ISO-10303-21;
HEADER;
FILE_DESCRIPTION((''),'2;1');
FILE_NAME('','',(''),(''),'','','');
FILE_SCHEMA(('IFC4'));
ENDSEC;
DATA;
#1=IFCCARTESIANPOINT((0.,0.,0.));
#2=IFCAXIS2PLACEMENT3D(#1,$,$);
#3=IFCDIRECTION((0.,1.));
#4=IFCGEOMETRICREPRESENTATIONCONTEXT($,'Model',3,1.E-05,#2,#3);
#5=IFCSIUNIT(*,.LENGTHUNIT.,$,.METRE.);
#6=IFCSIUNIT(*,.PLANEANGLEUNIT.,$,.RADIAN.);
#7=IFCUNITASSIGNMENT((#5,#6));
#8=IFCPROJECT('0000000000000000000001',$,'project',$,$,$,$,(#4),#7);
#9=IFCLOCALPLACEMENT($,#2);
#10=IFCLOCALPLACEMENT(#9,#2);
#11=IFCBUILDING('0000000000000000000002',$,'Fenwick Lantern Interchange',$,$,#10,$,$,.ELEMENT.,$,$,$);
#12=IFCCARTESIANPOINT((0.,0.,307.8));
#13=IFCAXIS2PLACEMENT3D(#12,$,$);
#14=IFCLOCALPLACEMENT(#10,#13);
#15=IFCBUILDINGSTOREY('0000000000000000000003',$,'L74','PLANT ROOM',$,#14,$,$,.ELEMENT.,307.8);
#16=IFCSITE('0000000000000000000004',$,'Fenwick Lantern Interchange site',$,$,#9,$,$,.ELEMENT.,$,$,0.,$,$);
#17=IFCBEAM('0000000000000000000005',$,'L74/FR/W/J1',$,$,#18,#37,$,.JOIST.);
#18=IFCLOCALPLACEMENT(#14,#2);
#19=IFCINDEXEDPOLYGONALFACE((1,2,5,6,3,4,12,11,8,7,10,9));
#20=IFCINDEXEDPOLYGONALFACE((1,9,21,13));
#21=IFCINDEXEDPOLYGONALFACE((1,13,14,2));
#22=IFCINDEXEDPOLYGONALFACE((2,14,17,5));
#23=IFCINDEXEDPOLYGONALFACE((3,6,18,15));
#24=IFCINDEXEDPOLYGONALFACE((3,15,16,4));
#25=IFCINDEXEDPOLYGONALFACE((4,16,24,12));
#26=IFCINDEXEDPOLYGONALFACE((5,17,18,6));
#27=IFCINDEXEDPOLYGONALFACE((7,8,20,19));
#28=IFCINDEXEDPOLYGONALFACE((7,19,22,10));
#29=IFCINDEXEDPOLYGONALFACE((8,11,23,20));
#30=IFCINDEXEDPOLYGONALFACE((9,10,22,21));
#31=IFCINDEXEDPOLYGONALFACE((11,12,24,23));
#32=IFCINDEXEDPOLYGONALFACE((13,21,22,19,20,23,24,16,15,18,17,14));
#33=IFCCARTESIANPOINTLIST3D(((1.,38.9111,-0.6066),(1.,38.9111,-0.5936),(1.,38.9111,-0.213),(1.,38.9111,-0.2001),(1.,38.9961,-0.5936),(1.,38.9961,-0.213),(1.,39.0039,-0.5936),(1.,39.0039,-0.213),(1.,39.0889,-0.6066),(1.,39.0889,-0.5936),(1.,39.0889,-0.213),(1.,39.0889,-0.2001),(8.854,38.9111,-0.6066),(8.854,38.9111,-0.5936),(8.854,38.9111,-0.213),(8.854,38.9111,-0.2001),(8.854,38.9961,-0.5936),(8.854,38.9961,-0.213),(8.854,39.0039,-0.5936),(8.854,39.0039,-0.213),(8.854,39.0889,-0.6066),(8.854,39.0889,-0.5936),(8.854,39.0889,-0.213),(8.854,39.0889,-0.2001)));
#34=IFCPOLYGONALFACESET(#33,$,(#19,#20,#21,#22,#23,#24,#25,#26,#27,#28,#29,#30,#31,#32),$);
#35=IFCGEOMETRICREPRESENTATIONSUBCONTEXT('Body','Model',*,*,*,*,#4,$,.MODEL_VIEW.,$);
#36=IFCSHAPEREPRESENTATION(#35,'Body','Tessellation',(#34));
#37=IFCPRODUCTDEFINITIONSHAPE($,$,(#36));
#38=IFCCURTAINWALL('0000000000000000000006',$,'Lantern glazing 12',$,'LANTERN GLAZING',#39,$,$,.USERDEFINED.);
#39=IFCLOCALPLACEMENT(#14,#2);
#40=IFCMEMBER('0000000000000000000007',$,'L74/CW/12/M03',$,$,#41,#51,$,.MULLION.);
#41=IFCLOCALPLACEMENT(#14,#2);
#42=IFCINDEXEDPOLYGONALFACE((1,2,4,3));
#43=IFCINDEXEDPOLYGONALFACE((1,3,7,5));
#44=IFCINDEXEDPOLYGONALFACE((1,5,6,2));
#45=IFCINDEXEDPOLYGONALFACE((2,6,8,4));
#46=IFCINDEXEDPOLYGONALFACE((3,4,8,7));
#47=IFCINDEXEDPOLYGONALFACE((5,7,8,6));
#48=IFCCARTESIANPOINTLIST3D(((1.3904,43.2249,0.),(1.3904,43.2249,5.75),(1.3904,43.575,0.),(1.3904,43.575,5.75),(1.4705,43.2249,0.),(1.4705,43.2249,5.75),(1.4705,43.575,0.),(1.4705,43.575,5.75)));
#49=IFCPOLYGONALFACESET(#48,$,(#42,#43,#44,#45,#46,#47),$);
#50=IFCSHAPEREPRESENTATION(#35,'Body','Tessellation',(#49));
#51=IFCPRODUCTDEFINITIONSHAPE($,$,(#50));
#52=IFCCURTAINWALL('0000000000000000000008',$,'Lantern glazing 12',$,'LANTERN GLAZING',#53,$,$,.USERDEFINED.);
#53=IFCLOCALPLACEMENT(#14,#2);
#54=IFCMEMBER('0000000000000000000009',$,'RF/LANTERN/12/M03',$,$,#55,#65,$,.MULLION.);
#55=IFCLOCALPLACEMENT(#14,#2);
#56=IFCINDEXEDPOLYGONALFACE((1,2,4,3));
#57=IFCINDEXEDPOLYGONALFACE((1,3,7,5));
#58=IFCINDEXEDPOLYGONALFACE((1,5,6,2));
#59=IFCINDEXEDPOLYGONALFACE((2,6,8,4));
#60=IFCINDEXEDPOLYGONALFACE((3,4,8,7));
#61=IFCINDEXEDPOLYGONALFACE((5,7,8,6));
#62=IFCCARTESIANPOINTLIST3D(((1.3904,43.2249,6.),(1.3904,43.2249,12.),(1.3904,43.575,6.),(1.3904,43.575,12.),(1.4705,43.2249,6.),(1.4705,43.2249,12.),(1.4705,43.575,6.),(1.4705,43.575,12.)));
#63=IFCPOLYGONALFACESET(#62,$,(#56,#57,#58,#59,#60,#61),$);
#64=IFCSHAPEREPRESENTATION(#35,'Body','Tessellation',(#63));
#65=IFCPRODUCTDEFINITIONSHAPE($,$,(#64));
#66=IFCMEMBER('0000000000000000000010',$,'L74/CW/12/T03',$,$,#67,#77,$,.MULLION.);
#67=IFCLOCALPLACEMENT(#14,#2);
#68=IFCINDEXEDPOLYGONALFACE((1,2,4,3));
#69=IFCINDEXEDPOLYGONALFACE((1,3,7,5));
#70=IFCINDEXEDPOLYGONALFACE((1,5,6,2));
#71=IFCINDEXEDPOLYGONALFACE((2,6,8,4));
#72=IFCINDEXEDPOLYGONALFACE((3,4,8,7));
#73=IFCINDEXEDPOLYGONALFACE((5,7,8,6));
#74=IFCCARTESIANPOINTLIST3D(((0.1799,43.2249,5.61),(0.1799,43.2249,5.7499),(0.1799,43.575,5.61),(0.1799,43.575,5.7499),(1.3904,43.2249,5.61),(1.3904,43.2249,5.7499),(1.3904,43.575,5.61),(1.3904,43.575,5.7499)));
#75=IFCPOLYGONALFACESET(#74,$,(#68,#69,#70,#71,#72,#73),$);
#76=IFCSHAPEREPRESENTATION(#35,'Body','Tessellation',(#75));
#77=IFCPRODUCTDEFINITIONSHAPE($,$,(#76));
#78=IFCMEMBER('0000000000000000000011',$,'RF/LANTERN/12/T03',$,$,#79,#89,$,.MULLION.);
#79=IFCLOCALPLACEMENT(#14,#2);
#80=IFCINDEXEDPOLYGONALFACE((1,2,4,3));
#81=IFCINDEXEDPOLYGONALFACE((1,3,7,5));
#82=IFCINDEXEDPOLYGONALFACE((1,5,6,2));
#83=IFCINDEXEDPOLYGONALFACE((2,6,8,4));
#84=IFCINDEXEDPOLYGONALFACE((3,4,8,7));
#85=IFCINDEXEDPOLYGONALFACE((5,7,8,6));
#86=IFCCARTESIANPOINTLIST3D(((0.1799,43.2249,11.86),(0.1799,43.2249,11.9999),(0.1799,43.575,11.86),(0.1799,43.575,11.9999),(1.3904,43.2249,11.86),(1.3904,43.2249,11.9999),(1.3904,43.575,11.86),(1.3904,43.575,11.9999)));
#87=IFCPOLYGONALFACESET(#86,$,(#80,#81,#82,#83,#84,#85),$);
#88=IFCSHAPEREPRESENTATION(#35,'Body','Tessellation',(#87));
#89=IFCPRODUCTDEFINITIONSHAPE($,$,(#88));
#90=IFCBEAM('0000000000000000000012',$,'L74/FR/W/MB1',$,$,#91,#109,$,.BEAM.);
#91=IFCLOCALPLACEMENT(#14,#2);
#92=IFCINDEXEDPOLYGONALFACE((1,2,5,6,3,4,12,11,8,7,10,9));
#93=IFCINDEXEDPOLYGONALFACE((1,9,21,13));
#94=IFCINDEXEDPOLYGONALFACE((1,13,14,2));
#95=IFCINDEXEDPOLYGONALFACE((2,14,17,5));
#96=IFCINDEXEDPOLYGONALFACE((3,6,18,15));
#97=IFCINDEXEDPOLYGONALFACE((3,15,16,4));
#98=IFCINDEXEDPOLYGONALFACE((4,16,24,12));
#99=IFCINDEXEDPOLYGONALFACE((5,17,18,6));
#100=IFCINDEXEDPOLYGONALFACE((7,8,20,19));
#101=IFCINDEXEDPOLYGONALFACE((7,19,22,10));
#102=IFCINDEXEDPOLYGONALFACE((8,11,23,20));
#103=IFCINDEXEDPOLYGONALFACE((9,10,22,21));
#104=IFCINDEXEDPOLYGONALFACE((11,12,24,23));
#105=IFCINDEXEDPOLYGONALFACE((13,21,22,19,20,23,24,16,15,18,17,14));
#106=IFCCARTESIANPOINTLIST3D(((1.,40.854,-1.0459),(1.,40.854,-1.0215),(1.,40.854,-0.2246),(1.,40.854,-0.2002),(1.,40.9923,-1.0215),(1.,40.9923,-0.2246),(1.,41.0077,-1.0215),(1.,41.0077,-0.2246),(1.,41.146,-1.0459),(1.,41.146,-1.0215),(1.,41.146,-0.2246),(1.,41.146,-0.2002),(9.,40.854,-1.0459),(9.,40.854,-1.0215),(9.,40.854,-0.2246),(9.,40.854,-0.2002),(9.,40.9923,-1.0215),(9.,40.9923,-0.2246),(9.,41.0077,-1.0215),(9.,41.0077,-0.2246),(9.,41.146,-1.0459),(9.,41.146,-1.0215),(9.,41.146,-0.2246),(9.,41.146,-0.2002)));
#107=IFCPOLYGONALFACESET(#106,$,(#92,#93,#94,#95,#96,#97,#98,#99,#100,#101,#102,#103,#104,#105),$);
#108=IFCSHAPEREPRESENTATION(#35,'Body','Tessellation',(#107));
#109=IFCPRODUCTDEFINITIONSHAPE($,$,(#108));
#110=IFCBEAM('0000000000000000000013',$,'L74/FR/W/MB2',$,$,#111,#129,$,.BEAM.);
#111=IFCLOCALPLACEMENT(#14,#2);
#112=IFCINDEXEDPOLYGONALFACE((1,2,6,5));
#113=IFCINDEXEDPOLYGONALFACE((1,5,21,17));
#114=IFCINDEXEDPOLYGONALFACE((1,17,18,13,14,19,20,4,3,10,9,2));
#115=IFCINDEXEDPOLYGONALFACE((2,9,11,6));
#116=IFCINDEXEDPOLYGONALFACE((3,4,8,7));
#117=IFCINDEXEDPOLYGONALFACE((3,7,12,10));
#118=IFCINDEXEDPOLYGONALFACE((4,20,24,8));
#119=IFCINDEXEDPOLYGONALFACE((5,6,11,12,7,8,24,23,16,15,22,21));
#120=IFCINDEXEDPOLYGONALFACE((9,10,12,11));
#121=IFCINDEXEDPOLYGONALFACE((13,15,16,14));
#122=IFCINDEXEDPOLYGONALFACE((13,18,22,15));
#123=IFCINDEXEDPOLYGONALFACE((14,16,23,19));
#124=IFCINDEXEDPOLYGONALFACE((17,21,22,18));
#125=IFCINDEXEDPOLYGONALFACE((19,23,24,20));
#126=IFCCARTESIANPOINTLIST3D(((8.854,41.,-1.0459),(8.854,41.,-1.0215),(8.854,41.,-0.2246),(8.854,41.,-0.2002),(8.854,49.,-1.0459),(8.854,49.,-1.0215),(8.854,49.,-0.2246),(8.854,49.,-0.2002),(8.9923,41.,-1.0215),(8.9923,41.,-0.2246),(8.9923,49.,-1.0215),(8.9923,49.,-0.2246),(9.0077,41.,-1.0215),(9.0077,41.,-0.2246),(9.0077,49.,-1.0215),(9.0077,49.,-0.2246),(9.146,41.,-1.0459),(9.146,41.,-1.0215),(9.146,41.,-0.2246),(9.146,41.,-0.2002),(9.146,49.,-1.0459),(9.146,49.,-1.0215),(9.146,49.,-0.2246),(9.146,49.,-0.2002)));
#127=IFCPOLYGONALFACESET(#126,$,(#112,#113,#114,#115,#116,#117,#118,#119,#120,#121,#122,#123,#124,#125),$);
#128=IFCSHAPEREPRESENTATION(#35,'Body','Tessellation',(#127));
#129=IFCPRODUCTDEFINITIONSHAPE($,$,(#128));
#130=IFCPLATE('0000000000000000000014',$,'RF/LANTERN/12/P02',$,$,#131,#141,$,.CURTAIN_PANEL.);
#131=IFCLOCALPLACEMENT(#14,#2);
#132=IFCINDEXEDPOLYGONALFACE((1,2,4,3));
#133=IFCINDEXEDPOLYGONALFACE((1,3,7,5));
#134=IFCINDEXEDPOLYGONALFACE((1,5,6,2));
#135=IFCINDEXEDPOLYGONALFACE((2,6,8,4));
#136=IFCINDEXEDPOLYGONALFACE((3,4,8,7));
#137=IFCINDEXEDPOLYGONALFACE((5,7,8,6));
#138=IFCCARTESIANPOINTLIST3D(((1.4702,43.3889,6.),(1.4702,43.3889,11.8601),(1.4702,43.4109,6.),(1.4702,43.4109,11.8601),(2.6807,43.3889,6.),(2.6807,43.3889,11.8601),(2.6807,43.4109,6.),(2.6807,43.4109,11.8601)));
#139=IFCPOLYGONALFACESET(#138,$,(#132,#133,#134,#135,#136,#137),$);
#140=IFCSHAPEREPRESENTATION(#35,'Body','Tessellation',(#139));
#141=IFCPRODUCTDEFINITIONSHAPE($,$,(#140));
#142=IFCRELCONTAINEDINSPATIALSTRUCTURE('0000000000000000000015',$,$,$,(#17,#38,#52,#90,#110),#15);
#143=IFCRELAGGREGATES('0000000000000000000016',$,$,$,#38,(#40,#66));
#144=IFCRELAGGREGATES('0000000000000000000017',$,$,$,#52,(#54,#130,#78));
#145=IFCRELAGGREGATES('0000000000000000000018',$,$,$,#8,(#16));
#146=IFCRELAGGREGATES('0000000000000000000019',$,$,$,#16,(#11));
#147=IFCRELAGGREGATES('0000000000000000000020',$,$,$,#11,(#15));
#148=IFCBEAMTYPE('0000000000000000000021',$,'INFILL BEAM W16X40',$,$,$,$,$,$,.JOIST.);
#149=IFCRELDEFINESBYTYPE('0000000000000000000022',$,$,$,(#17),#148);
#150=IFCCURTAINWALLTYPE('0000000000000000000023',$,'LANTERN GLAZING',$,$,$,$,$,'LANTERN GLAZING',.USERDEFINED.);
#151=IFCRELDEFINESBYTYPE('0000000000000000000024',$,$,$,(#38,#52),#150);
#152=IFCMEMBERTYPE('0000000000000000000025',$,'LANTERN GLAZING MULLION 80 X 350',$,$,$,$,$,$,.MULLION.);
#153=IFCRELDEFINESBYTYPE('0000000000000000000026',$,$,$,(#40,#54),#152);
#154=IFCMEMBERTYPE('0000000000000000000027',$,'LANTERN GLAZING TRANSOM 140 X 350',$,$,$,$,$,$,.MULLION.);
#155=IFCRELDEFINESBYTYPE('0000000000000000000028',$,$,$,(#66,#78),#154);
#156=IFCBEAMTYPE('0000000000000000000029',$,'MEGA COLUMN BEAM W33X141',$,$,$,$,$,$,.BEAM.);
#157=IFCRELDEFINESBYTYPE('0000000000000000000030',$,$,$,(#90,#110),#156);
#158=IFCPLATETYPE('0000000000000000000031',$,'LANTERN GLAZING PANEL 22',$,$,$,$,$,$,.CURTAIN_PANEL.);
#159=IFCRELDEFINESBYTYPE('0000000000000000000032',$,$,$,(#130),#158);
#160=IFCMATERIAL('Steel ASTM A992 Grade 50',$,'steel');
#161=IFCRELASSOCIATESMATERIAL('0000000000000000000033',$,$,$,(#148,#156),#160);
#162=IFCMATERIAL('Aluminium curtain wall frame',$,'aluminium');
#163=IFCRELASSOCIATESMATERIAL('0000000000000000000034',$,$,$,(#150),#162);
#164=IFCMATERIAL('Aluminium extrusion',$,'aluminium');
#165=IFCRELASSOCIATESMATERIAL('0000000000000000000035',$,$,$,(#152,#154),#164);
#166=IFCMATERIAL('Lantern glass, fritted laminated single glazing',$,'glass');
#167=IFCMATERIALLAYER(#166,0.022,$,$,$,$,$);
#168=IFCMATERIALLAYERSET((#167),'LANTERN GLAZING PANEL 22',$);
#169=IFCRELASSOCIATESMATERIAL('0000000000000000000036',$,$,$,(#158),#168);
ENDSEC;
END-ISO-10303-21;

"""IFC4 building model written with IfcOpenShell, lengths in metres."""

from ifc_helpers import new_model, si_unit, direction, frame, origin, origin_2d, place, context, subcontext, project, spatial, rectangle, i_section, extrude, material, layer, layer_set, material_profile, profile_set, type_object, element, aggregate, save


model = new_model("IFC4")

# Units and contexts
model_context = context("Model", 3, precision=1e-05, world=origin(), true_north=direction((0.0, 1.0)))
body_context = subcontext(model_context, "Body", "Model", "MODEL_VIEW")
ifc_project = project(units=[si_unit("LENGTHUNIT", "METRE"), si_unit("PLANEANGLEUNIT", "RADIAN")], contexts=[model_context])

# Site, building, storey
site_placement = place(None, origin())
site = spatial("IfcSite", under=ifc_project, at=site_placement, Name="Fenwick Lantern Interchange site", CompositionType="ELEMENT", RefElevation=0.0)
building_placement = place(site_placement, origin())
building = spatial("IfcBuilding", under=site, at=building_placement, Name="Fenwick Lantern Interchange", CompositionType="ELEMENT")
storey_placement = place(building_placement, frame((0.0, 0.0, 307.8)))
storey = spatial("IfcBuildingStorey", under=building, at=storey_placement, Name="L74", Description="PLANT ROOM", CompositionType="ELEMENT", Elevation=307.8)

# Shared definitions
ifc_material_1 = material(Name="Steel ASTM A992 Grade 50", Category="steel")

# Beam
ifc_material_profile_1 = material_profile(ifc_material_1, i_section(OverallWidth=0.1777, OverallDepth=0.4065, WebThickness=0.0078, FlangeThickness=0.0129, at=origin_2d()), Name="W16X40")
ifc_profile_set_1 = profile_set([ifc_material_profile_1], Name="Steel ASTM A992 Grade 50")
beam_type_1 = type_object("IfcBeamType", Name="INFILL BEAM W16X40", PredefinedType="JOIST", material=ifc_profile_set_1)
beam_1_placement = place(storey_placement, frame((1.0, 39.0, -0.4033), z_axis=(1.0, 0.0, 0.0), x_axis=(0.0, 1.0, 0.0)))
element("IfcBeam", 1, at=beam_1_placement, inside=storey, type_object=beam_type_1, Name="L74/FR/W/J1", PredefinedType="JOIST", context=body_context, shape_type="SweptSolid", body=[
    extrude(i_section(OverallWidth=0.1777, OverallDepth=0.4065, WebThickness=0.0078, FlangeThickness=0.0129, at=origin_2d()), origin(), (0.0, 0.0, 1.0), 7.854),
])

# Curtain walls, members
ifc_material_2 = material(Name="Aluminium curtain wall frame", Category="aluminium")
curtain_wall_type = type_object("IfcCurtainWallType", Name="LANTERN GLAZING", ElementType="LANTERN GLAZING", PredefinedType="USERDEFINED", material=ifc_material_2)
curtain_wall_1_placement = place(storey_placement, origin())
curtain_wall_1 = element("IfcCurtainWall", 2, at=curtain_wall_1_placement, inside=storey, type_object=curtain_wall_type, Name="Lantern glazing 12", ObjectType="LANTERN GLAZING", PredefinedType="USERDEFINED")
ifc_material_3 = material(Name="Aluminium extrusion", Category="aluminium")
ifc_material_profile_2 = material_profile(ifc_material_3, rectangle(XDim=0.3501, YDim=0.0801, at=origin_2d()), Name="LANTERN GLAZING MULLION 80 X 350")
ifc_profile_set_2 = profile_set([ifc_material_profile_2], Name="Aluminium extrusion")
member_type_1 = type_object("IfcMemberType", Name="LANTERN GLAZING MULLION 80 X 350", PredefinedType="MULLION", material=ifc_profile_set_2)
member_1_placement = place(storey_placement, frame((1.4304, 43.3999, 0.0), z_axis=(0.0, 0.0, 1.0), x_axis=(0.0, -1.0, 0.0)))
member_1 = element("IfcMember", 3, at=member_1_placement, type_object=member_type_1, Name="L74/CW/12/M03", PredefinedType="MULLION", context=body_context, shape_type="SweptSolid", body=[
    extrude(rectangle(XDim=0.3501, YDim=0.0801, at=origin_2d()), origin(), (0.0, 0.0, 1.0), 5.75),
])
curtain_wall_2_placement = place(storey_placement, origin())
curtain_wall_2 = element("IfcCurtainWall", 4, at=curtain_wall_2_placement, inside=storey, type_object=curtain_wall_type, Name="Lantern glazing 12", ObjectType="LANTERN GLAZING", PredefinedType="USERDEFINED")
member_2_placement = place(storey_placement, frame((1.4304, 43.3999, 6.0), z_axis=(0.0, 0.0, 1.0), x_axis=(0.0, -1.0, 0.0)))
member_2 = element("IfcMember", 5, at=member_2_placement, type_object=member_type_1, Name="RF/LANTERN/12/M03", PredefinedType="MULLION", context=body_context, shape_type="SweptSolid", body=[
    extrude(rectangle(XDim=0.3501, YDim=0.0801, at=origin_2d()), origin(), (0.0, 0.0, 1.0), 6.0),
])

# Members
ifc_material_profile_3 = material_profile(ifc_material_3, rectangle(XDim=0.3501, YDim=0.1399, at=origin_2d()), Name="LANTERN GLAZING TRANSOM 140 X 350")
ifc_profile_set_3 = profile_set([ifc_material_profile_3], Name="Aluminium extrusion")
member_type_2 = type_object("IfcMemberType", Name="LANTERN GLAZING TRANSOM 140 X 350", PredefinedType="MULLION", material=ifc_profile_set_3)
member_3_placement = place(storey_placement, frame((1.3904, 43.3999, 5.6799), z_axis=(-1.0, 0.0, 0.0), x_axis=(0.0, -1.0, 0.0)))
member_3 = element("IfcMember", 6, at=member_3_placement, type_object=member_type_2, Name="L74/CW/12/T03", PredefinedType="MULLION", context=body_context, shape_type="SweptSolid", body=[
    extrude(rectangle(XDim=0.3501, YDim=0.1399, at=origin_2d()), origin(), (0.0, 0.0, 1.0), 1.2104),
])
aggregate(curtain_wall_1, [member_1, member_3])
member_4_placement = place(storey_placement, frame((1.3904, 43.3999, 11.9299), z_axis=(-1.0, 0.0, 0.0), x_axis=(0.0, -1.0, 0.0)))
member_4 = element("IfcMember", 7, at=member_4_placement, type_object=member_type_2, Name="RF/LANTERN/12/T03", PredefinedType="MULLION", context=body_context, shape_type="SweptSolid", body=[
    extrude(rectangle(XDim=0.3501, YDim=0.1399, at=origin_2d()), origin(), (0.0, 0.0, 1.0), 1.2104),
])

# Beams
ifc_material_profile_4 = material_profile(ifc_material_1, i_section(OverallWidth=0.292, OverallDepth=0.8457, WebThickness=0.0154, FlangeThickness=0.0244, at=origin_2d()), Name="W33X141")
ifc_profile_set_4 = profile_set([ifc_material_profile_4], Name="Steel ASTM A992 Grade 50")
beam_type_2 = type_object("IfcBeamType", Name="MEGA COLUMN BEAM W33X141", PredefinedType="BEAM", material=ifc_profile_set_4)
for number, where, z_axis, x_axis, name in (
    (8, (9.0, 41.0, -0.623), (-1.0, 0.0, 0.0), (0.0, -1.0, 0.0), "L74/FR/W/MB1"),
    (9, (9.0, 41.0, -0.623), (0.0, 1.0, 0.0), (-1.0, 0.0, 0.0), "L74/FR/W/MB2"),
):
    element("IfcBeam", number, at=place(storey_placement, frame(where, z_axis=z_axis, x_axis=x_axis)), inside=storey, type_object=beam_type_2, Name=name, PredefinedType="BEAM", context=body_context, shape_type="SweptSolid", body=[
        extrude(i_section(OverallWidth=0.292, OverallDepth=0.8457, WebThickness=0.0154, FlangeThickness=0.0244, at=origin_2d()), origin(), (0.0, 0.0, 1.0), 8.0),
    ])

# Plate
ifc_material_4 = material(Name="Lantern glass, fritted laminated single glazing", Category="glass")
ifc_layer = layer(ifc_material_4, 0.022)
ifc_layer_set = layer_set([ifc_layer], Name="LANTERN GLAZING PANEL 22")
plate_type = type_object("IfcPlateType", Name="LANTERN GLAZING PANEL 22", PredefinedType="CURTAIN_PANEL", material=ifc_layer_set)
plate_placement = place(storey_placement, frame((2.0754, 43.3999, 6.0), z_axis=(0.0, 0.0, 1.0), x_axis=(-1.0, 0.0, 0.0)))
plate = element("IfcPlate", 10, at=plate_placement, type_object=plate_type, Name="RF/LANTERN/12/P02", PredefinedType="CURTAIN_PANEL", context=body_context, shape_type="SweptSolid", body=[
    extrude(rectangle(XDim=1.2104, YDim=0.022, at=origin_2d()), origin(), (0.0, 0.0, 1.0), 5.8601),
])
aggregate(curtain_wall_2, [member_2, plate, member_4])

save(model, "model.ifc")
